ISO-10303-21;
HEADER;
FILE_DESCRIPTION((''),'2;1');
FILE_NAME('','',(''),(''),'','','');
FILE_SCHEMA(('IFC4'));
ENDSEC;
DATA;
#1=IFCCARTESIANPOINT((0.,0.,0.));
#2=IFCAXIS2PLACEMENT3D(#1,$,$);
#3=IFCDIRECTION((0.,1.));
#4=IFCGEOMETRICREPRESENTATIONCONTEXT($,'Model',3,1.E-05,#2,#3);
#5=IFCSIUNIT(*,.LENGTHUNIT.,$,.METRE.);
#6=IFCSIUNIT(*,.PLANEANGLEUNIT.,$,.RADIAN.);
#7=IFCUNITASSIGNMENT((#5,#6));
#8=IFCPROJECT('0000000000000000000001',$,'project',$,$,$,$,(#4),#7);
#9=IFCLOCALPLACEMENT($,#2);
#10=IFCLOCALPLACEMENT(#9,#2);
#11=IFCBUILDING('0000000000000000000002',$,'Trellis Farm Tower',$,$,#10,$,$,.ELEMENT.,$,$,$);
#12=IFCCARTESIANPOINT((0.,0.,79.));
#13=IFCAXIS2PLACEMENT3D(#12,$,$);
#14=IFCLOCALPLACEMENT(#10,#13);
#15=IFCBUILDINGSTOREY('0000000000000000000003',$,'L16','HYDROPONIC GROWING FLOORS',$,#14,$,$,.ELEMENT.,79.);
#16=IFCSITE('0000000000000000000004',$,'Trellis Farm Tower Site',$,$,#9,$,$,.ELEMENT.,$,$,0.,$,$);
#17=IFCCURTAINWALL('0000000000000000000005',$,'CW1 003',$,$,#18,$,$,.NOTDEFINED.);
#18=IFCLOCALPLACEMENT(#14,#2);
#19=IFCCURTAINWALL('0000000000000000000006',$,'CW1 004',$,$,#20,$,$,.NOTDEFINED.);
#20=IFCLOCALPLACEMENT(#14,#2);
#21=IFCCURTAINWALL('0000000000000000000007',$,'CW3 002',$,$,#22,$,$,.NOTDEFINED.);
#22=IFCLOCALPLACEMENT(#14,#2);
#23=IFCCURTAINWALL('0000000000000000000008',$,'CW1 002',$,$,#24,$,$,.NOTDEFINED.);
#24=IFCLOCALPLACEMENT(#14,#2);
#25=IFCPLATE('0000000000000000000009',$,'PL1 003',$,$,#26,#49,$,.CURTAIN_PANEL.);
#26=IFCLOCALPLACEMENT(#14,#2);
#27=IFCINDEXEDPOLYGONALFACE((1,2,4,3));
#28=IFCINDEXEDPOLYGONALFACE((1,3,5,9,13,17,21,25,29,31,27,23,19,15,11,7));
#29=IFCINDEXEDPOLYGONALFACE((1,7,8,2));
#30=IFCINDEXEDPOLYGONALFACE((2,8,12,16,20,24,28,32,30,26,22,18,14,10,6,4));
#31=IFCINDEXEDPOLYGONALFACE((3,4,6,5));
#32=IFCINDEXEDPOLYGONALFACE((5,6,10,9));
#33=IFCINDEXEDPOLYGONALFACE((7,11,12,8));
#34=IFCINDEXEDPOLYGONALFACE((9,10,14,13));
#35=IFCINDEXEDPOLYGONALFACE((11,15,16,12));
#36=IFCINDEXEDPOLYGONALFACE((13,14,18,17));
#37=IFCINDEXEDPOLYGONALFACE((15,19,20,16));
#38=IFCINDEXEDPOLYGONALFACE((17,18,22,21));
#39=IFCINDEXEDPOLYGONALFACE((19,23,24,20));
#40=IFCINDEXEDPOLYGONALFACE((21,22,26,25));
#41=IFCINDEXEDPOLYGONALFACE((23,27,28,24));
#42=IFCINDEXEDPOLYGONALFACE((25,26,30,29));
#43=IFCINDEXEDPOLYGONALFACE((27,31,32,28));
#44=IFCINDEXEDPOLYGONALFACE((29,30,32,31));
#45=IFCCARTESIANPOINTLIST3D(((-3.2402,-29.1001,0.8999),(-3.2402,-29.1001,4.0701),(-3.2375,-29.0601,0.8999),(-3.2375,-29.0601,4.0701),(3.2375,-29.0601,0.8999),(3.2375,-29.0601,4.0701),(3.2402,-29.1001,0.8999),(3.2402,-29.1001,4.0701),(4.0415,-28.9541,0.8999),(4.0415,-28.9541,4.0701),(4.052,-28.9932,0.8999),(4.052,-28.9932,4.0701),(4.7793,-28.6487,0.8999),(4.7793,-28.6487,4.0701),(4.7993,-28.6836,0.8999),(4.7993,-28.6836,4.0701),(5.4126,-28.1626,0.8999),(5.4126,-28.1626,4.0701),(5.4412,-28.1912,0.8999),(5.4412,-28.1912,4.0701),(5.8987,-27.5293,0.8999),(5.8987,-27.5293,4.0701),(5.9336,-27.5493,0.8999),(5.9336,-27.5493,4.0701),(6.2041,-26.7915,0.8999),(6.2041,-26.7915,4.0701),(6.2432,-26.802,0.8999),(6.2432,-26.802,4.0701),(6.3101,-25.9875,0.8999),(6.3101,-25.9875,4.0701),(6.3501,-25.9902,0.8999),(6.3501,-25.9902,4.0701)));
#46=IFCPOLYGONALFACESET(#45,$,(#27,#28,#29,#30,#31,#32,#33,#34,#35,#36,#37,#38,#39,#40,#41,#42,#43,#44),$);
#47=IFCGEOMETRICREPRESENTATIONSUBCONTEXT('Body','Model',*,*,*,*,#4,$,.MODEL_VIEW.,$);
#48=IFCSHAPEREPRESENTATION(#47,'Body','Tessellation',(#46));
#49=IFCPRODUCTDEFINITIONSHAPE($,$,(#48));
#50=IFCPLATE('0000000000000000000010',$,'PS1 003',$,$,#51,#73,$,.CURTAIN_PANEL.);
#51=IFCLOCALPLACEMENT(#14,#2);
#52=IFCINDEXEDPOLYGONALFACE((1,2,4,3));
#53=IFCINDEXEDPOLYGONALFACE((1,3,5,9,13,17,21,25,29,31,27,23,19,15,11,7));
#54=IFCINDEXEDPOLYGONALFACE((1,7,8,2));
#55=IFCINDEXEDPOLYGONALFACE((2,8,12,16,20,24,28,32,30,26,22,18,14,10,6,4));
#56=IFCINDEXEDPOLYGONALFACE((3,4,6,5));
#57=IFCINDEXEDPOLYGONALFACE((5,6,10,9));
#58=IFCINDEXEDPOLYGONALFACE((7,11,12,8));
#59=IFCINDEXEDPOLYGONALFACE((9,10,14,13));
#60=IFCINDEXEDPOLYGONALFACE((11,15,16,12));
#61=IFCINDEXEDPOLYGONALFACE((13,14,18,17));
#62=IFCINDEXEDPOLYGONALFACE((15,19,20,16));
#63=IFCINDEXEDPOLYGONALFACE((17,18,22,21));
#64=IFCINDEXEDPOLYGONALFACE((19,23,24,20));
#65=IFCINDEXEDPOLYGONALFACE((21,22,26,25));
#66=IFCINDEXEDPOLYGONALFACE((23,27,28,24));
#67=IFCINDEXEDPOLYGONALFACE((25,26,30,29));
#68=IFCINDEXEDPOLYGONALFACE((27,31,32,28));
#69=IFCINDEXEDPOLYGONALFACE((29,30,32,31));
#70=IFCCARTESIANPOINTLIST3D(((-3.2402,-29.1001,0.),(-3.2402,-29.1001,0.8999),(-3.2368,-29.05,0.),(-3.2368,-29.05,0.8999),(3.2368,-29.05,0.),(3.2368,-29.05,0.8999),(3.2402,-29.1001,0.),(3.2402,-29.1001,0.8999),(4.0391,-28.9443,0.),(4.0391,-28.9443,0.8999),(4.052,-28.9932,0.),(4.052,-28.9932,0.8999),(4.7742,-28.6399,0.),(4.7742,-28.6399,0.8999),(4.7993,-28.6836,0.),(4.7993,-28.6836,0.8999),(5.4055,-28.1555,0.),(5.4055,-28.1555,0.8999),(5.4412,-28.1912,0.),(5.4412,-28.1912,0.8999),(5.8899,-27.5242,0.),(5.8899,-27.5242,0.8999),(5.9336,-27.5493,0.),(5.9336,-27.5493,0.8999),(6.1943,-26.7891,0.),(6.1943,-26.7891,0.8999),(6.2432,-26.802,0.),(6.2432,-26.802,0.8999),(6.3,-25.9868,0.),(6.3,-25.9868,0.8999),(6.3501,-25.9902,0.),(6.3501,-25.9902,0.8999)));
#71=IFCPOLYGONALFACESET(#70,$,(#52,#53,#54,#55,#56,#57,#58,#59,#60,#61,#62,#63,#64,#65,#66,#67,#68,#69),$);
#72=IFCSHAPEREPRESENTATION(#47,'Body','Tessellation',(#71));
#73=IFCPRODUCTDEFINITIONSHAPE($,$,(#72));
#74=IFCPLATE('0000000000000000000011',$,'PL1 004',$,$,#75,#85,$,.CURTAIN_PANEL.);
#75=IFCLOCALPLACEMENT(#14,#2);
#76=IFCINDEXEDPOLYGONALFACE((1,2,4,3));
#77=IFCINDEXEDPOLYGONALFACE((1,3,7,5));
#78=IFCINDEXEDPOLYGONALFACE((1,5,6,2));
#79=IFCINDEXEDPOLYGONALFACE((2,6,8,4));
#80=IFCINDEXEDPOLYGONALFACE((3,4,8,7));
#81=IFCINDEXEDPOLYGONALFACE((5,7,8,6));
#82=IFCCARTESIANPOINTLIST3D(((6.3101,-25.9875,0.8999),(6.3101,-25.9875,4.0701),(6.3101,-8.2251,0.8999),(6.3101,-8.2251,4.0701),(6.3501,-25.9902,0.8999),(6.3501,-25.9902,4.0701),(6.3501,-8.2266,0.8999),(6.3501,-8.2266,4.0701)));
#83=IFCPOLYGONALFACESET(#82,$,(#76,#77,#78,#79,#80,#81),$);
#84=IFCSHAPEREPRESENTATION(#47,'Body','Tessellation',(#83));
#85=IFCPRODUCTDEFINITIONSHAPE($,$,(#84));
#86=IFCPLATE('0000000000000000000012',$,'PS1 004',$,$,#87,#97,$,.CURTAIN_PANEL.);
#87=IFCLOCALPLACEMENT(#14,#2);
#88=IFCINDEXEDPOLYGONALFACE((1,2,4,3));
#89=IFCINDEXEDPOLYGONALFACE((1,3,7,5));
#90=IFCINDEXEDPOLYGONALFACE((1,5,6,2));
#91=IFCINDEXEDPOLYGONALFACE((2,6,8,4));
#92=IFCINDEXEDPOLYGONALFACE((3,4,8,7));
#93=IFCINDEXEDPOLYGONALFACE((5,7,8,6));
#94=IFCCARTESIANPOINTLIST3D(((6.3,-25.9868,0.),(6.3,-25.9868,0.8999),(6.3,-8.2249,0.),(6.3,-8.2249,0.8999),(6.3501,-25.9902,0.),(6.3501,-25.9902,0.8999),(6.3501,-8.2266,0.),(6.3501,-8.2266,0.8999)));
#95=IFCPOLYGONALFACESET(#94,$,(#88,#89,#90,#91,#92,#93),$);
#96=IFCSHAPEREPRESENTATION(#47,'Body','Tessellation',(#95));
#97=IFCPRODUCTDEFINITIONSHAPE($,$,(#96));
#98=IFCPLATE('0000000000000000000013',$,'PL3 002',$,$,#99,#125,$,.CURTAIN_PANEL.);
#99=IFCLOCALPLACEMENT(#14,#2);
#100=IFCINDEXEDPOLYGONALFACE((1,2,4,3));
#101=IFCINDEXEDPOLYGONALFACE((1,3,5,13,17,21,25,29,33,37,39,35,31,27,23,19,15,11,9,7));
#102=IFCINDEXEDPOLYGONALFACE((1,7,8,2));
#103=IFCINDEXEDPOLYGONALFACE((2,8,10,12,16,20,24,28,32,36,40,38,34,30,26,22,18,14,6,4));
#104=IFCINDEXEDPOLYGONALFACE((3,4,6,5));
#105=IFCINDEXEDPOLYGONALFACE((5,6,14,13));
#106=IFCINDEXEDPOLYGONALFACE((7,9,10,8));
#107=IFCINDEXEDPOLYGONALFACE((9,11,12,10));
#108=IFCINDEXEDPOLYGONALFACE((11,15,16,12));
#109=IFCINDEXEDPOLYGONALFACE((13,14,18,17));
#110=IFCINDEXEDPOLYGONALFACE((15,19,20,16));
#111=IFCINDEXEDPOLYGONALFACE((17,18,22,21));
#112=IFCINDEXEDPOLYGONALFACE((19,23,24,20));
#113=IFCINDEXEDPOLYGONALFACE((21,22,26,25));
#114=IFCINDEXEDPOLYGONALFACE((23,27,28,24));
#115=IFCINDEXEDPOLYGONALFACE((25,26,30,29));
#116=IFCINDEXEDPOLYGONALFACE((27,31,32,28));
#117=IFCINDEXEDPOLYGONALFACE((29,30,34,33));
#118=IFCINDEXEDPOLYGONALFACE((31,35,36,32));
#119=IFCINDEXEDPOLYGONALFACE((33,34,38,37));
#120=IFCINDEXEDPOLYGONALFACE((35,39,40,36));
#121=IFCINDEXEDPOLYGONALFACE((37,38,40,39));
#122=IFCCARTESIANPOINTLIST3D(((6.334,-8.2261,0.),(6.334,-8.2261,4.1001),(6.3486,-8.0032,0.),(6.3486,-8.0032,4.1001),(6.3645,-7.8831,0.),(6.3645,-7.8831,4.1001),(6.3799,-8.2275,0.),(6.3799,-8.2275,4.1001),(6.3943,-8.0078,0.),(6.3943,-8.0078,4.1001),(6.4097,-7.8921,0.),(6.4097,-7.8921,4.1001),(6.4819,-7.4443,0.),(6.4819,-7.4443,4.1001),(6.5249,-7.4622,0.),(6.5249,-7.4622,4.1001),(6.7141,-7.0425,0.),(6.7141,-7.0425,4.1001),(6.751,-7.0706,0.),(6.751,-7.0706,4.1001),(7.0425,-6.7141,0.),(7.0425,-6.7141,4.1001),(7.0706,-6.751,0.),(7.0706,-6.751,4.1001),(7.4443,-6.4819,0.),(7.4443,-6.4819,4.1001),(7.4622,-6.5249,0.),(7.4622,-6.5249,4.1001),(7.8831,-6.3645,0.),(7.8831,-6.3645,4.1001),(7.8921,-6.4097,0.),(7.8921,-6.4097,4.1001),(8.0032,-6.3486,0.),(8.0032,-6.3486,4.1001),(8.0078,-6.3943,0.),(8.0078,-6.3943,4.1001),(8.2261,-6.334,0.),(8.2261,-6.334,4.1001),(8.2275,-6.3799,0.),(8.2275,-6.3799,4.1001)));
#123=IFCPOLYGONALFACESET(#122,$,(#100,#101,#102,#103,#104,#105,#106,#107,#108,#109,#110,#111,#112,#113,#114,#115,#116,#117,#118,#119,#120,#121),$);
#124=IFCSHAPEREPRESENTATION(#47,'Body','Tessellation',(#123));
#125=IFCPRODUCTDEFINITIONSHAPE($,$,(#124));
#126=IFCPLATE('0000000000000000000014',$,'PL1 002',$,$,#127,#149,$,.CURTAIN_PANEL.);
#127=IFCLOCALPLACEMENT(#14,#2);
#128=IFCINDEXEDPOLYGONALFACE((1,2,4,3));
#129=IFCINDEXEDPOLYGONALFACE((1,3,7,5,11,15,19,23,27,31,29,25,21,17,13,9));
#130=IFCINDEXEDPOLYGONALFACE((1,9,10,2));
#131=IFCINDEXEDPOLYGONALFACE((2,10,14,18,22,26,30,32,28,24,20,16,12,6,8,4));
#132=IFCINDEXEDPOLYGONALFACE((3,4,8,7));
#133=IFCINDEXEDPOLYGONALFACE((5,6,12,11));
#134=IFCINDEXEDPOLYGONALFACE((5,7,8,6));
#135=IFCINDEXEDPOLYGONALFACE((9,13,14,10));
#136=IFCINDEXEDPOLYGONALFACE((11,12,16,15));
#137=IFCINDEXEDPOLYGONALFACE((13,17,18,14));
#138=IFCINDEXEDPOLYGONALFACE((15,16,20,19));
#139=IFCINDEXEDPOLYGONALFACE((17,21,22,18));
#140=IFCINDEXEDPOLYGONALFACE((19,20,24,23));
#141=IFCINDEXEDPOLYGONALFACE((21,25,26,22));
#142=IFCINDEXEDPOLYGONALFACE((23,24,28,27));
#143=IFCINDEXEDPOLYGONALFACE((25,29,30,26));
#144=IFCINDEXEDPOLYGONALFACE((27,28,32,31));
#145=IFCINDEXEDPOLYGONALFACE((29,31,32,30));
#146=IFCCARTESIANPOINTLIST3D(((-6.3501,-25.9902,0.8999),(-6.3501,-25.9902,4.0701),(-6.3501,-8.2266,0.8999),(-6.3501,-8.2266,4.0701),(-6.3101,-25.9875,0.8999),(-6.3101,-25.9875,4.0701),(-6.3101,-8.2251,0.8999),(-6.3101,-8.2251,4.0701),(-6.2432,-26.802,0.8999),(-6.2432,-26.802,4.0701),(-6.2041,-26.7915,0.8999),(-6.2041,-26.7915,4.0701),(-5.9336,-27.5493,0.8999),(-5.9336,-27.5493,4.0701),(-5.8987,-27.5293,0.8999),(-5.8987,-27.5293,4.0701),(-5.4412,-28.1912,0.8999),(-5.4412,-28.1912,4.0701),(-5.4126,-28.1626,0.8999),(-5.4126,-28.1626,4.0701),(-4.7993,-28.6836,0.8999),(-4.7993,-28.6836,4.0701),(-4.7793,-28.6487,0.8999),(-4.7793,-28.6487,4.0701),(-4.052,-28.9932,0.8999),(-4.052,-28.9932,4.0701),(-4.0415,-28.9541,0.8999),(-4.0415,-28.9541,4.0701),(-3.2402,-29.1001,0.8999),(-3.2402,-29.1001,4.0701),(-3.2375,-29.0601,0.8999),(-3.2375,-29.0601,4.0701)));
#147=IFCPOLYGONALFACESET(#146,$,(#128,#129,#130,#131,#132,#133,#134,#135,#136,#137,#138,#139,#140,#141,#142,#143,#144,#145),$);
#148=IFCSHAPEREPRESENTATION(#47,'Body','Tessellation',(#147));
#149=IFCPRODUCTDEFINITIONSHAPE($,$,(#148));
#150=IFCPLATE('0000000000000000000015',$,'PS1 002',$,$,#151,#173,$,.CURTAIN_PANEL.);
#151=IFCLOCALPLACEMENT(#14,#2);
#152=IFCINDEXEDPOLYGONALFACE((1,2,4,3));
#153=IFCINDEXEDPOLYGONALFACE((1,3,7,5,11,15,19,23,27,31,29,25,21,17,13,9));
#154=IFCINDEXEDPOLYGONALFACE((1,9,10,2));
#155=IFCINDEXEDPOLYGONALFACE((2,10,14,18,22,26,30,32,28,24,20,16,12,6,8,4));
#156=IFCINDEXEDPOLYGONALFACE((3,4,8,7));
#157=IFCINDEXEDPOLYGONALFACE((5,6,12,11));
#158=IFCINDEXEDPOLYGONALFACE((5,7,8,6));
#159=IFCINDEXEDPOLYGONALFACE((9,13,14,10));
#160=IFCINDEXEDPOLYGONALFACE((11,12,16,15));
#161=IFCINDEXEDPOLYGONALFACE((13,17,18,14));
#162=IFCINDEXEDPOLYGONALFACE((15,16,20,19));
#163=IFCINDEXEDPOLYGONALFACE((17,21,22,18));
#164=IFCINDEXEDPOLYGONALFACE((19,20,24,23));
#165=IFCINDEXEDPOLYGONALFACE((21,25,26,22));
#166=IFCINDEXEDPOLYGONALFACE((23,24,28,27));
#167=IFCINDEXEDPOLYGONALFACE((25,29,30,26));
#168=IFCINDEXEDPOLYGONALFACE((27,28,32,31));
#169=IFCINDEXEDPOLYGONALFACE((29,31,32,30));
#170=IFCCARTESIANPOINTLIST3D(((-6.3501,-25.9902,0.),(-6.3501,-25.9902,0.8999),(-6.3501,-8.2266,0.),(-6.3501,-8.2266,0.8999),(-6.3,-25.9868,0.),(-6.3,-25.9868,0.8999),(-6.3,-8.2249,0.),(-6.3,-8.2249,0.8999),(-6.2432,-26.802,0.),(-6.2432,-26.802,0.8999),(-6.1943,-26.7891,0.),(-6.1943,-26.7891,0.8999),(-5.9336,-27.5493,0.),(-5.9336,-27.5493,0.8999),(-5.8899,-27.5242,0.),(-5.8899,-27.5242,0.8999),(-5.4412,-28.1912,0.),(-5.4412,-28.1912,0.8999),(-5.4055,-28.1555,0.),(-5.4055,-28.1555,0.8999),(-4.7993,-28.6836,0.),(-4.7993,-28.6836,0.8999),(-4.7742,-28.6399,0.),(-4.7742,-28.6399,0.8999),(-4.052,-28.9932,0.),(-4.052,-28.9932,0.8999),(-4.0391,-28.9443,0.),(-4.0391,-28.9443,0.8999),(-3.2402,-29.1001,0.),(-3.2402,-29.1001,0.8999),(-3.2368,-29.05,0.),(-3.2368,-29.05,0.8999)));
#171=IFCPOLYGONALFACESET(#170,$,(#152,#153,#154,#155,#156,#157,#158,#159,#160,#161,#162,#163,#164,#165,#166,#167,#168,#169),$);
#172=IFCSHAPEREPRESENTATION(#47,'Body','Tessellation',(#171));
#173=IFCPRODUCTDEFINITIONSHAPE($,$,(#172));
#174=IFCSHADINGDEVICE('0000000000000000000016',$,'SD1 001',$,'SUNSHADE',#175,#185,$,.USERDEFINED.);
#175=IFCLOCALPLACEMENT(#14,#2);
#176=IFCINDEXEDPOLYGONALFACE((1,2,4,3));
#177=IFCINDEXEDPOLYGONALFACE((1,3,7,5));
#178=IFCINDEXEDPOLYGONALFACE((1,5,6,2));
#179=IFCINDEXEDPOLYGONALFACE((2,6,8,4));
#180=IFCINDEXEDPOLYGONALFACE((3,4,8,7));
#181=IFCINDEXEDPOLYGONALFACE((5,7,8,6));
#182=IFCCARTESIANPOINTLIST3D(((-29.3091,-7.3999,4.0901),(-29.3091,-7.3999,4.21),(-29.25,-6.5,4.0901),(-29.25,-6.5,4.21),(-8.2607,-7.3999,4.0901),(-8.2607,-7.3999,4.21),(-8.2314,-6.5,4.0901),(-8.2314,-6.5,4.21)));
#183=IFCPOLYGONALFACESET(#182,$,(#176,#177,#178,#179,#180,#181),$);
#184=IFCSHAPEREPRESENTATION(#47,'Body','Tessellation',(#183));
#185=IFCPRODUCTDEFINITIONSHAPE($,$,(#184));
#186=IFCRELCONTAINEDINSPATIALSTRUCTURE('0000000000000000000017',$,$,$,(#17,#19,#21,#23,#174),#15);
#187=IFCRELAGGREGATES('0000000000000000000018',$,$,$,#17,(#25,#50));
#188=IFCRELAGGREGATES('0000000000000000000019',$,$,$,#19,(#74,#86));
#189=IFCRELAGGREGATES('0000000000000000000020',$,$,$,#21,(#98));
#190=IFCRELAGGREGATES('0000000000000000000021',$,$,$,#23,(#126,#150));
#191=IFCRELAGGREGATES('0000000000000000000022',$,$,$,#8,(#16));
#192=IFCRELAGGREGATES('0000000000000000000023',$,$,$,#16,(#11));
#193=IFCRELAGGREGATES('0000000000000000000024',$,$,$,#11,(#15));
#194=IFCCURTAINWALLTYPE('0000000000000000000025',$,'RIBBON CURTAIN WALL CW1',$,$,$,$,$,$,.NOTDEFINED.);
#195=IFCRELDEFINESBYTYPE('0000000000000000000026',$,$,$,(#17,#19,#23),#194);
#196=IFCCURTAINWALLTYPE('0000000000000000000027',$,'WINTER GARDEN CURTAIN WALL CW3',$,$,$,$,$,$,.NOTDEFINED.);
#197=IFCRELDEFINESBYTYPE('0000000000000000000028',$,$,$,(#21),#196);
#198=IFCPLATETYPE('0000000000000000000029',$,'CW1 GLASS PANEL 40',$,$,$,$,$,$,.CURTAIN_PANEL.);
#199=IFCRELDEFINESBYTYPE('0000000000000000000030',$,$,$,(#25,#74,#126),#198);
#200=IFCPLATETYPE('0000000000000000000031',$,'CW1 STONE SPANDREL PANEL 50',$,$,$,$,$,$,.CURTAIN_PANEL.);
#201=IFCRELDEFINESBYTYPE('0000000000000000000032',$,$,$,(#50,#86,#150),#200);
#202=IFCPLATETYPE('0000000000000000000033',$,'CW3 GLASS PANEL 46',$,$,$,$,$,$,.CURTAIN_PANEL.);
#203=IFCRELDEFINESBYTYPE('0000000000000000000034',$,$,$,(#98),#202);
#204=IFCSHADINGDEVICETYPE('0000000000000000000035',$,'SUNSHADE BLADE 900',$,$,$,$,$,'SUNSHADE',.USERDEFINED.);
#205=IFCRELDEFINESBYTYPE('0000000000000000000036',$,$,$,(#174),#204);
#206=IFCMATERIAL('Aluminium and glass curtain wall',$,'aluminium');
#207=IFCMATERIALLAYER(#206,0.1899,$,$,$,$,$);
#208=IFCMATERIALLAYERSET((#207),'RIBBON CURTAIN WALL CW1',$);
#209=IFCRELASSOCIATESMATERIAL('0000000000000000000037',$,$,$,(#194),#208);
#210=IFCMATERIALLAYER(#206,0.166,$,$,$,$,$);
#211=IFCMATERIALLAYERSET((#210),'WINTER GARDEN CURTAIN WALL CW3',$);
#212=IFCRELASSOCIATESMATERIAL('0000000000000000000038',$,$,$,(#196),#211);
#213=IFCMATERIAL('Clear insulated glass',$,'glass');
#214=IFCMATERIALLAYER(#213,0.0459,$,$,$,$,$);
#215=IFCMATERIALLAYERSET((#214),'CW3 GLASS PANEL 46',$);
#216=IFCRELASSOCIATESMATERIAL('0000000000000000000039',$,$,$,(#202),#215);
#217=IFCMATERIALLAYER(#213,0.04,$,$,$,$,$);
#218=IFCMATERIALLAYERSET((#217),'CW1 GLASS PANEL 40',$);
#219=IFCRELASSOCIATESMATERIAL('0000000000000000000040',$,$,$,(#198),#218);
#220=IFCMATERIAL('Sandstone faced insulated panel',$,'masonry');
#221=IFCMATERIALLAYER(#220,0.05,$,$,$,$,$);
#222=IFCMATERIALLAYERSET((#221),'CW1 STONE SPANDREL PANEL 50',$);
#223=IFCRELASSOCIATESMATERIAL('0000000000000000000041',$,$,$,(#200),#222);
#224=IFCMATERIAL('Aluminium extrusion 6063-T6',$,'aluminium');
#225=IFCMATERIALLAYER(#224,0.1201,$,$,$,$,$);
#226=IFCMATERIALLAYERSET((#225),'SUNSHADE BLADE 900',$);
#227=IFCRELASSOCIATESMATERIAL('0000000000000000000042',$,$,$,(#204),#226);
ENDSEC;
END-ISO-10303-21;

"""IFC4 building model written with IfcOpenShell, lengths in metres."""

from ifc_helpers import new_model, si_unit, direction, frame, origin, place, context, subcontext, project, spatial, polyline, outline, extrude, source, transform, mapped, material, layer, layer_set, type_object, element, aggregate, save


model = new_model("IFC4")

# Units and contexts
model_context = context("Model", 3, precision=1e-05, world=origin(), true_north=direction((0.0, 1.0)))
body_context = subcontext(model_context, "Body", "Model", "MODEL_VIEW")
ifc_project = project(units=[si_unit("LENGTHUNIT", "METRE"), si_unit("PLANEANGLEUNIT", "RADIAN")], contexts=[model_context])

# Site, building, storey
site_placement = place(None, origin())
site = spatial("IfcSite", under=ifc_project, at=site_placement, Name="Trellis Farm Tower Site", CompositionType="ELEMENT", RefElevation=0.0)
building_placement = place(site_placement, origin())
building = spatial("IfcBuilding", under=site, at=building_placement, Name="Trellis Farm Tower", CompositionType="ELEMENT")
storey_placement = place(building_placement, frame((0.0, 0.0, 79.0)))
storey = spatial("IfcBuildingStorey", under=building, at=storey_placement, Name="L16", Description="HYDROPONIC GROWING FLOORS", CompositionType="ELEMENT", Elevation=79.0)

# Curtain walls
ifc_material_1 = material(Name="Aluminium and glass curtain wall", Category="aluminium")
ifc_layer_1 = layer(ifc_material_1, 0.1899)
ifc_layer_set_1 = layer_set([ifc_layer_1], Name="RIBBON CURTAIN WALL CW1")
curtain_wall_type_1 = type_object("IfcCurtainWallType", Name="RIBBON CURTAIN WALL CW1", PredefinedType="NOTDEFINED", material=ifc_layer_set_1)
placement_1 = place(storey_placement, origin())
ifc_material_2 = material(Name="Aluminium extrusion 6063-T6", Category="aluminium")
ifc_layer_2 = layer(ifc_material_1, 0.166)
ifc_layer_set_2 = layer_set([ifc_layer_2], Name="WINTER GARDEN CURTAIN WALL CW3")
curtain_wall_type_2 = type_object("IfcCurtainWallType", Name="WINTER GARDEN CURTAIN WALL CW3", PredefinedType="NOTDEFINED", material=ifc_layer_set_2)
curtain_wall_1 = element("IfcCurtainWall", 1, at=placement_1, inside=storey, type_object=curtain_wall_type_1, Name="CW1 003", PredefinedType="NOTDEFINED")
curtain_wall_2 = element("IfcCurtainWall", 2, at=placement_1, inside=storey, type_object=curtain_wall_type_1, Name="CW1 004", PredefinedType="NOTDEFINED")
curtain_wall_3 = element("IfcCurtainWall", 3, at=placement_1, inside=storey, type_object=curtain_wall_type_2, Name="CW3 002", PredefinedType="NOTDEFINED")
curtain_wall_4 = element("IfcCurtainWall", 4, at=placement_1, inside=storey, type_object=curtain_wall_type_1, Name="CW1 002", PredefinedType="NOTDEFINED")

# Plates
ifc_material_3 = material(Name="Clear insulated glass", Category="glass")
ifc_layer_3 = layer(ifc_material_3, 0.0459)
ifc_layer_set_3 = layer_set([ifc_layer_3], Name="CW3 GLASS PANEL 46")
plate_type_1 = type_object("IfcPlateType", Name="CW3 GLASS PANEL 46", PredefinedType="CURTAIN_PANEL", material=ifc_layer_set_3)
ifc_layer_4 = layer(ifc_material_3, 0.04)
ifc_layer_set_4 = layer_set([ifc_layer_4], Name="CW1 GLASS PANEL 40")
plate_type_2 = type_object("IfcPlateType", Name="CW1 GLASS PANEL 40", PredefinedType="CURTAIN_PANEL", material=ifc_layer_set_4)
shared_shape_1 = source(origin(), body_context, "Body", "SweptSolid", [
    extrude(outline(polyline([(-3.2402, -29.1001), (3.2402, -29.1001), (4.052, -28.9932), (4.7993, -28.6836), (5.4412, -28.1912), (5.9336, -27.5493), (6.2432, -26.802), (6.3501, -25.9902), (6.3101, -25.9875), (6.2041, -26.7915), (5.8987, -27.5293), (5.4126, -28.1626), (4.7793, -28.6487), (4.0415, -28.9541), (3.2375, -29.0601), (-3.2375, -29.0601), (-3.2402, -29.1001)])), origin(), (0.0, 0.0, 1.0), 3.1702),
])
placement_2 = place(storey_placement, frame((0.0, 0.0, 0.8999)))
plate_1 = element("IfcPlate", 5, at=placement_2, type_object=plate_type_2, Name="PL1 003", PredefinedType="CURTAIN_PANEL", context=body_context, shape_type="MappedRepresentation", body=[
    mapped(shared_shape_1, transform((0.0, 0.0, 0.0))),
])
ifc_material_4 = material(Name="Sandstone faced insulated panel", Category="masonry")
ifc_layer_5 = layer(ifc_material_4, 0.05)
ifc_layer_set_5 = layer_set([ifc_layer_5], Name="CW1 STONE SPANDREL PANEL 50")
plate_type_3 = type_object("IfcPlateType", Name="CW1 STONE SPANDREL PANEL 50", PredefinedType="CURTAIN_PANEL", material=ifc_layer_set_5)
shared_shape_2 = source(origin(), body_context, "Body", "SweptSolid", [
    extrude(outline(polyline([(-3.2402, -29.1001), (3.2402, -29.1001), (4.052, -28.9932), (4.7993, -28.6836), (5.4412, -28.1912), (5.9336, -27.5493), (6.2432, -26.802), (6.3501, -25.9902), (6.3, -25.9868), (6.1943, -26.7891), (5.8899, -27.5242), (5.4055, -28.1555), (4.7742, -28.6399), (4.0391, -28.9443), (3.2368, -29.05), (-3.2368, -29.05), (-3.2402, -29.1001)])), origin(), (0.0, 0.0, 1.0), 0.8999),
])
plate_2 = element("IfcPlate", 6, at=placement_1, type_object=plate_type_3, Name="PS1 003", PredefinedType="CURTAIN_PANEL", context=body_context, shape_type="MappedRepresentation", body=[
    mapped(shared_shape_2, transform((0.0, 0.0, 0.0))),
])
aggregate(curtain_wall_1, [plate_1, plate_2])
shared_shape_3 = source(origin(), body_context, "Body", "SweptSolid", [
    extrude(outline(polyline([(6.3501, -25.9902), (6.3501, -8.2266), (6.3101, -8.2251), (6.3101, -25.9875), (6.3501, -25.9902)])), origin(), (0.0, 0.0, 1.0), 3.1702),
])
plate_3 = element("IfcPlate", 7, at=placement_2, type_object=plate_type_2, Name="PL1 004", PredefinedType="CURTAIN_PANEL", context=body_context, shape_type="MappedRepresentation", body=[
    mapped(shared_shape_3, transform((0.0, 0.0, 0.0))),
])
shared_shape_4 = source(origin(), body_context, "Body", "SweptSolid", [
    extrude(outline(polyline([(6.3501, -25.9902), (6.3501, -8.2266), (6.3, -8.2249), (6.3, -25.9868), (6.3501, -25.9902)])), origin(), (0.0, 0.0, 1.0), 0.8999),
])
plate_4 = element("IfcPlate", 8, at=placement_1, type_object=plate_type_3, Name="PS1 004", PredefinedType="CURTAIN_PANEL", context=body_context, shape_type="MappedRepresentation", body=[
    mapped(shared_shape_4, transform((0.0, 0.0, 0.0))),
])
aggregate(curtain_wall_2, [plate_3, plate_4])
shared_shape_5 = source(origin(), body_context, "Body", "SweptSolid", [
    extrude(outline(polyline([(6.3799, -8.2275), (6.3943, -8.0078), (6.4097, -7.8921), (6.5249, -7.4622), (6.751, -7.0706), (7.0706, -6.751), (7.4622, -6.5249), (7.8921, -6.4097), (8.0078, -6.3943), (8.2275, -6.3799), (8.2261, -6.334), (8.0032, -6.3486), (7.8831, -6.3645), (7.4443, -6.4819), (7.0425, -6.7141), (6.7141, -7.0425), (6.4819, -7.4443), (6.3645, -7.8831), (6.3486, -8.0032), (6.334, -8.2261), (6.3799, -8.2275)])), origin(), (0.0, 0.0, 1.0), 4.1001),
])
plate_5 = element("IfcPlate", 9, at=placement_1, type_object=plate_type_1, Name="PL3 002", PredefinedType="CURTAIN_PANEL", context=body_context, shape_type="MappedRepresentation", body=[
    mapped(shared_shape_5, transform((0.0, 0.0, 0.0))),
])
aggregate(curtain_wall_3, [plate_5])
shared_shape_6 = source(origin(), body_context, "Body", "SweptSolid", [
    extrude(outline(polyline([(-6.3501, -8.2266), (-6.3501, -25.9902), (-6.2432, -26.802), (-5.9336, -27.5493), (-5.4412, -28.1912), (-4.7993, -28.6836), (-4.052, -28.9932), (-3.2402, -29.1001), (-3.2375, -29.0601), (-4.0415, -28.9541), (-4.7793, -28.6487), (-5.4126, -28.1626), (-5.8987, -27.5293), (-6.2041, -26.7915), (-6.3101, -25.9875), (-6.3101, -8.2251), (-6.3501, -8.2266)])), origin(), (0.0, 0.0, 1.0), 3.1702),
])
plate_6 = element("IfcPlate", 10, at=placement_2, type_object=plate_type_2, Name="PL1 002", PredefinedType="CURTAIN_PANEL", context=body_context, shape_type="MappedRepresentation", body=[
    mapped(shared_shape_6, transform((0.0, 0.0, 0.0))),
])
shared_shape_7 = source(origin(), body_context, "Body", "SweptSolid", [
    extrude(outline(polyline([(-6.3501, -8.2266), (-6.3501, -25.9902), (-6.2432, -26.802), (-5.9336, -27.5493), (-5.4412, -28.1912), (-4.7993, -28.6836), (-4.052, -28.9932), (-3.2402, -29.1001), (-3.2368, -29.05), (-4.0391, -28.9443), (-4.7742, -28.6399), (-5.4055, -28.1555), (-5.8899, -27.5242), (-6.1943, -26.7891), (-6.3, -25.9868), (-6.3, -8.2249), (-6.3501, -8.2266)])), origin(), (0.0, 0.0, 1.0), 0.8999),
])
plate_7 = element("IfcPlate", 11, at=placement_1, type_object=plate_type_3, Name="PS1 002", PredefinedType="CURTAIN_PANEL", context=body_context, shape_type="MappedRepresentation", body=[
    mapped(shared_shape_7, transform((0.0, 0.0, 0.0))),
])
aggregate(curtain_wall_4, [plate_6, plate_7])

# Shading device
ifc_layer_6 = layer(ifc_material_2, 0.1201)
ifc_layer_set_6 = layer_set([ifc_layer_6], Name="SUNSHADE BLADE 900")
shading_device_type_1 = type_object("IfcShadingDeviceType", Name="SUNSHADE BLADE 900", ElementType="SUNSHADE", PredefinedType="USERDEFINED", material=ifc_layer_set_6)
shared_shape_8 = source(origin(), body_context, "Body", "SweptSolid", [
    extrude(outline(polyline([(-29.3091, -7.3999), (-8.2607, -7.3999), (-8.2314, -6.5), (-29.25, -6.5), (-29.3091, -7.3999)])), origin(), (0.0, 0.0, 1.0), 0.1199),
])
placement_3 = place(storey_placement, frame((0.0, 0.0, 4.0901)))
element("IfcShadingDevice", 12, at=placement_3, inside=storey, type_object=shading_device_type_1, Name="SD1 001", ObjectType="SUNSHADE", PredefinedType="USERDEFINED", context=body_context, shape_type="MappedRepresentation", body=[
    mapped(shared_shape_8, transform((0.0, 0.0, 0.0))),
])

save(model, "model.ifc")
